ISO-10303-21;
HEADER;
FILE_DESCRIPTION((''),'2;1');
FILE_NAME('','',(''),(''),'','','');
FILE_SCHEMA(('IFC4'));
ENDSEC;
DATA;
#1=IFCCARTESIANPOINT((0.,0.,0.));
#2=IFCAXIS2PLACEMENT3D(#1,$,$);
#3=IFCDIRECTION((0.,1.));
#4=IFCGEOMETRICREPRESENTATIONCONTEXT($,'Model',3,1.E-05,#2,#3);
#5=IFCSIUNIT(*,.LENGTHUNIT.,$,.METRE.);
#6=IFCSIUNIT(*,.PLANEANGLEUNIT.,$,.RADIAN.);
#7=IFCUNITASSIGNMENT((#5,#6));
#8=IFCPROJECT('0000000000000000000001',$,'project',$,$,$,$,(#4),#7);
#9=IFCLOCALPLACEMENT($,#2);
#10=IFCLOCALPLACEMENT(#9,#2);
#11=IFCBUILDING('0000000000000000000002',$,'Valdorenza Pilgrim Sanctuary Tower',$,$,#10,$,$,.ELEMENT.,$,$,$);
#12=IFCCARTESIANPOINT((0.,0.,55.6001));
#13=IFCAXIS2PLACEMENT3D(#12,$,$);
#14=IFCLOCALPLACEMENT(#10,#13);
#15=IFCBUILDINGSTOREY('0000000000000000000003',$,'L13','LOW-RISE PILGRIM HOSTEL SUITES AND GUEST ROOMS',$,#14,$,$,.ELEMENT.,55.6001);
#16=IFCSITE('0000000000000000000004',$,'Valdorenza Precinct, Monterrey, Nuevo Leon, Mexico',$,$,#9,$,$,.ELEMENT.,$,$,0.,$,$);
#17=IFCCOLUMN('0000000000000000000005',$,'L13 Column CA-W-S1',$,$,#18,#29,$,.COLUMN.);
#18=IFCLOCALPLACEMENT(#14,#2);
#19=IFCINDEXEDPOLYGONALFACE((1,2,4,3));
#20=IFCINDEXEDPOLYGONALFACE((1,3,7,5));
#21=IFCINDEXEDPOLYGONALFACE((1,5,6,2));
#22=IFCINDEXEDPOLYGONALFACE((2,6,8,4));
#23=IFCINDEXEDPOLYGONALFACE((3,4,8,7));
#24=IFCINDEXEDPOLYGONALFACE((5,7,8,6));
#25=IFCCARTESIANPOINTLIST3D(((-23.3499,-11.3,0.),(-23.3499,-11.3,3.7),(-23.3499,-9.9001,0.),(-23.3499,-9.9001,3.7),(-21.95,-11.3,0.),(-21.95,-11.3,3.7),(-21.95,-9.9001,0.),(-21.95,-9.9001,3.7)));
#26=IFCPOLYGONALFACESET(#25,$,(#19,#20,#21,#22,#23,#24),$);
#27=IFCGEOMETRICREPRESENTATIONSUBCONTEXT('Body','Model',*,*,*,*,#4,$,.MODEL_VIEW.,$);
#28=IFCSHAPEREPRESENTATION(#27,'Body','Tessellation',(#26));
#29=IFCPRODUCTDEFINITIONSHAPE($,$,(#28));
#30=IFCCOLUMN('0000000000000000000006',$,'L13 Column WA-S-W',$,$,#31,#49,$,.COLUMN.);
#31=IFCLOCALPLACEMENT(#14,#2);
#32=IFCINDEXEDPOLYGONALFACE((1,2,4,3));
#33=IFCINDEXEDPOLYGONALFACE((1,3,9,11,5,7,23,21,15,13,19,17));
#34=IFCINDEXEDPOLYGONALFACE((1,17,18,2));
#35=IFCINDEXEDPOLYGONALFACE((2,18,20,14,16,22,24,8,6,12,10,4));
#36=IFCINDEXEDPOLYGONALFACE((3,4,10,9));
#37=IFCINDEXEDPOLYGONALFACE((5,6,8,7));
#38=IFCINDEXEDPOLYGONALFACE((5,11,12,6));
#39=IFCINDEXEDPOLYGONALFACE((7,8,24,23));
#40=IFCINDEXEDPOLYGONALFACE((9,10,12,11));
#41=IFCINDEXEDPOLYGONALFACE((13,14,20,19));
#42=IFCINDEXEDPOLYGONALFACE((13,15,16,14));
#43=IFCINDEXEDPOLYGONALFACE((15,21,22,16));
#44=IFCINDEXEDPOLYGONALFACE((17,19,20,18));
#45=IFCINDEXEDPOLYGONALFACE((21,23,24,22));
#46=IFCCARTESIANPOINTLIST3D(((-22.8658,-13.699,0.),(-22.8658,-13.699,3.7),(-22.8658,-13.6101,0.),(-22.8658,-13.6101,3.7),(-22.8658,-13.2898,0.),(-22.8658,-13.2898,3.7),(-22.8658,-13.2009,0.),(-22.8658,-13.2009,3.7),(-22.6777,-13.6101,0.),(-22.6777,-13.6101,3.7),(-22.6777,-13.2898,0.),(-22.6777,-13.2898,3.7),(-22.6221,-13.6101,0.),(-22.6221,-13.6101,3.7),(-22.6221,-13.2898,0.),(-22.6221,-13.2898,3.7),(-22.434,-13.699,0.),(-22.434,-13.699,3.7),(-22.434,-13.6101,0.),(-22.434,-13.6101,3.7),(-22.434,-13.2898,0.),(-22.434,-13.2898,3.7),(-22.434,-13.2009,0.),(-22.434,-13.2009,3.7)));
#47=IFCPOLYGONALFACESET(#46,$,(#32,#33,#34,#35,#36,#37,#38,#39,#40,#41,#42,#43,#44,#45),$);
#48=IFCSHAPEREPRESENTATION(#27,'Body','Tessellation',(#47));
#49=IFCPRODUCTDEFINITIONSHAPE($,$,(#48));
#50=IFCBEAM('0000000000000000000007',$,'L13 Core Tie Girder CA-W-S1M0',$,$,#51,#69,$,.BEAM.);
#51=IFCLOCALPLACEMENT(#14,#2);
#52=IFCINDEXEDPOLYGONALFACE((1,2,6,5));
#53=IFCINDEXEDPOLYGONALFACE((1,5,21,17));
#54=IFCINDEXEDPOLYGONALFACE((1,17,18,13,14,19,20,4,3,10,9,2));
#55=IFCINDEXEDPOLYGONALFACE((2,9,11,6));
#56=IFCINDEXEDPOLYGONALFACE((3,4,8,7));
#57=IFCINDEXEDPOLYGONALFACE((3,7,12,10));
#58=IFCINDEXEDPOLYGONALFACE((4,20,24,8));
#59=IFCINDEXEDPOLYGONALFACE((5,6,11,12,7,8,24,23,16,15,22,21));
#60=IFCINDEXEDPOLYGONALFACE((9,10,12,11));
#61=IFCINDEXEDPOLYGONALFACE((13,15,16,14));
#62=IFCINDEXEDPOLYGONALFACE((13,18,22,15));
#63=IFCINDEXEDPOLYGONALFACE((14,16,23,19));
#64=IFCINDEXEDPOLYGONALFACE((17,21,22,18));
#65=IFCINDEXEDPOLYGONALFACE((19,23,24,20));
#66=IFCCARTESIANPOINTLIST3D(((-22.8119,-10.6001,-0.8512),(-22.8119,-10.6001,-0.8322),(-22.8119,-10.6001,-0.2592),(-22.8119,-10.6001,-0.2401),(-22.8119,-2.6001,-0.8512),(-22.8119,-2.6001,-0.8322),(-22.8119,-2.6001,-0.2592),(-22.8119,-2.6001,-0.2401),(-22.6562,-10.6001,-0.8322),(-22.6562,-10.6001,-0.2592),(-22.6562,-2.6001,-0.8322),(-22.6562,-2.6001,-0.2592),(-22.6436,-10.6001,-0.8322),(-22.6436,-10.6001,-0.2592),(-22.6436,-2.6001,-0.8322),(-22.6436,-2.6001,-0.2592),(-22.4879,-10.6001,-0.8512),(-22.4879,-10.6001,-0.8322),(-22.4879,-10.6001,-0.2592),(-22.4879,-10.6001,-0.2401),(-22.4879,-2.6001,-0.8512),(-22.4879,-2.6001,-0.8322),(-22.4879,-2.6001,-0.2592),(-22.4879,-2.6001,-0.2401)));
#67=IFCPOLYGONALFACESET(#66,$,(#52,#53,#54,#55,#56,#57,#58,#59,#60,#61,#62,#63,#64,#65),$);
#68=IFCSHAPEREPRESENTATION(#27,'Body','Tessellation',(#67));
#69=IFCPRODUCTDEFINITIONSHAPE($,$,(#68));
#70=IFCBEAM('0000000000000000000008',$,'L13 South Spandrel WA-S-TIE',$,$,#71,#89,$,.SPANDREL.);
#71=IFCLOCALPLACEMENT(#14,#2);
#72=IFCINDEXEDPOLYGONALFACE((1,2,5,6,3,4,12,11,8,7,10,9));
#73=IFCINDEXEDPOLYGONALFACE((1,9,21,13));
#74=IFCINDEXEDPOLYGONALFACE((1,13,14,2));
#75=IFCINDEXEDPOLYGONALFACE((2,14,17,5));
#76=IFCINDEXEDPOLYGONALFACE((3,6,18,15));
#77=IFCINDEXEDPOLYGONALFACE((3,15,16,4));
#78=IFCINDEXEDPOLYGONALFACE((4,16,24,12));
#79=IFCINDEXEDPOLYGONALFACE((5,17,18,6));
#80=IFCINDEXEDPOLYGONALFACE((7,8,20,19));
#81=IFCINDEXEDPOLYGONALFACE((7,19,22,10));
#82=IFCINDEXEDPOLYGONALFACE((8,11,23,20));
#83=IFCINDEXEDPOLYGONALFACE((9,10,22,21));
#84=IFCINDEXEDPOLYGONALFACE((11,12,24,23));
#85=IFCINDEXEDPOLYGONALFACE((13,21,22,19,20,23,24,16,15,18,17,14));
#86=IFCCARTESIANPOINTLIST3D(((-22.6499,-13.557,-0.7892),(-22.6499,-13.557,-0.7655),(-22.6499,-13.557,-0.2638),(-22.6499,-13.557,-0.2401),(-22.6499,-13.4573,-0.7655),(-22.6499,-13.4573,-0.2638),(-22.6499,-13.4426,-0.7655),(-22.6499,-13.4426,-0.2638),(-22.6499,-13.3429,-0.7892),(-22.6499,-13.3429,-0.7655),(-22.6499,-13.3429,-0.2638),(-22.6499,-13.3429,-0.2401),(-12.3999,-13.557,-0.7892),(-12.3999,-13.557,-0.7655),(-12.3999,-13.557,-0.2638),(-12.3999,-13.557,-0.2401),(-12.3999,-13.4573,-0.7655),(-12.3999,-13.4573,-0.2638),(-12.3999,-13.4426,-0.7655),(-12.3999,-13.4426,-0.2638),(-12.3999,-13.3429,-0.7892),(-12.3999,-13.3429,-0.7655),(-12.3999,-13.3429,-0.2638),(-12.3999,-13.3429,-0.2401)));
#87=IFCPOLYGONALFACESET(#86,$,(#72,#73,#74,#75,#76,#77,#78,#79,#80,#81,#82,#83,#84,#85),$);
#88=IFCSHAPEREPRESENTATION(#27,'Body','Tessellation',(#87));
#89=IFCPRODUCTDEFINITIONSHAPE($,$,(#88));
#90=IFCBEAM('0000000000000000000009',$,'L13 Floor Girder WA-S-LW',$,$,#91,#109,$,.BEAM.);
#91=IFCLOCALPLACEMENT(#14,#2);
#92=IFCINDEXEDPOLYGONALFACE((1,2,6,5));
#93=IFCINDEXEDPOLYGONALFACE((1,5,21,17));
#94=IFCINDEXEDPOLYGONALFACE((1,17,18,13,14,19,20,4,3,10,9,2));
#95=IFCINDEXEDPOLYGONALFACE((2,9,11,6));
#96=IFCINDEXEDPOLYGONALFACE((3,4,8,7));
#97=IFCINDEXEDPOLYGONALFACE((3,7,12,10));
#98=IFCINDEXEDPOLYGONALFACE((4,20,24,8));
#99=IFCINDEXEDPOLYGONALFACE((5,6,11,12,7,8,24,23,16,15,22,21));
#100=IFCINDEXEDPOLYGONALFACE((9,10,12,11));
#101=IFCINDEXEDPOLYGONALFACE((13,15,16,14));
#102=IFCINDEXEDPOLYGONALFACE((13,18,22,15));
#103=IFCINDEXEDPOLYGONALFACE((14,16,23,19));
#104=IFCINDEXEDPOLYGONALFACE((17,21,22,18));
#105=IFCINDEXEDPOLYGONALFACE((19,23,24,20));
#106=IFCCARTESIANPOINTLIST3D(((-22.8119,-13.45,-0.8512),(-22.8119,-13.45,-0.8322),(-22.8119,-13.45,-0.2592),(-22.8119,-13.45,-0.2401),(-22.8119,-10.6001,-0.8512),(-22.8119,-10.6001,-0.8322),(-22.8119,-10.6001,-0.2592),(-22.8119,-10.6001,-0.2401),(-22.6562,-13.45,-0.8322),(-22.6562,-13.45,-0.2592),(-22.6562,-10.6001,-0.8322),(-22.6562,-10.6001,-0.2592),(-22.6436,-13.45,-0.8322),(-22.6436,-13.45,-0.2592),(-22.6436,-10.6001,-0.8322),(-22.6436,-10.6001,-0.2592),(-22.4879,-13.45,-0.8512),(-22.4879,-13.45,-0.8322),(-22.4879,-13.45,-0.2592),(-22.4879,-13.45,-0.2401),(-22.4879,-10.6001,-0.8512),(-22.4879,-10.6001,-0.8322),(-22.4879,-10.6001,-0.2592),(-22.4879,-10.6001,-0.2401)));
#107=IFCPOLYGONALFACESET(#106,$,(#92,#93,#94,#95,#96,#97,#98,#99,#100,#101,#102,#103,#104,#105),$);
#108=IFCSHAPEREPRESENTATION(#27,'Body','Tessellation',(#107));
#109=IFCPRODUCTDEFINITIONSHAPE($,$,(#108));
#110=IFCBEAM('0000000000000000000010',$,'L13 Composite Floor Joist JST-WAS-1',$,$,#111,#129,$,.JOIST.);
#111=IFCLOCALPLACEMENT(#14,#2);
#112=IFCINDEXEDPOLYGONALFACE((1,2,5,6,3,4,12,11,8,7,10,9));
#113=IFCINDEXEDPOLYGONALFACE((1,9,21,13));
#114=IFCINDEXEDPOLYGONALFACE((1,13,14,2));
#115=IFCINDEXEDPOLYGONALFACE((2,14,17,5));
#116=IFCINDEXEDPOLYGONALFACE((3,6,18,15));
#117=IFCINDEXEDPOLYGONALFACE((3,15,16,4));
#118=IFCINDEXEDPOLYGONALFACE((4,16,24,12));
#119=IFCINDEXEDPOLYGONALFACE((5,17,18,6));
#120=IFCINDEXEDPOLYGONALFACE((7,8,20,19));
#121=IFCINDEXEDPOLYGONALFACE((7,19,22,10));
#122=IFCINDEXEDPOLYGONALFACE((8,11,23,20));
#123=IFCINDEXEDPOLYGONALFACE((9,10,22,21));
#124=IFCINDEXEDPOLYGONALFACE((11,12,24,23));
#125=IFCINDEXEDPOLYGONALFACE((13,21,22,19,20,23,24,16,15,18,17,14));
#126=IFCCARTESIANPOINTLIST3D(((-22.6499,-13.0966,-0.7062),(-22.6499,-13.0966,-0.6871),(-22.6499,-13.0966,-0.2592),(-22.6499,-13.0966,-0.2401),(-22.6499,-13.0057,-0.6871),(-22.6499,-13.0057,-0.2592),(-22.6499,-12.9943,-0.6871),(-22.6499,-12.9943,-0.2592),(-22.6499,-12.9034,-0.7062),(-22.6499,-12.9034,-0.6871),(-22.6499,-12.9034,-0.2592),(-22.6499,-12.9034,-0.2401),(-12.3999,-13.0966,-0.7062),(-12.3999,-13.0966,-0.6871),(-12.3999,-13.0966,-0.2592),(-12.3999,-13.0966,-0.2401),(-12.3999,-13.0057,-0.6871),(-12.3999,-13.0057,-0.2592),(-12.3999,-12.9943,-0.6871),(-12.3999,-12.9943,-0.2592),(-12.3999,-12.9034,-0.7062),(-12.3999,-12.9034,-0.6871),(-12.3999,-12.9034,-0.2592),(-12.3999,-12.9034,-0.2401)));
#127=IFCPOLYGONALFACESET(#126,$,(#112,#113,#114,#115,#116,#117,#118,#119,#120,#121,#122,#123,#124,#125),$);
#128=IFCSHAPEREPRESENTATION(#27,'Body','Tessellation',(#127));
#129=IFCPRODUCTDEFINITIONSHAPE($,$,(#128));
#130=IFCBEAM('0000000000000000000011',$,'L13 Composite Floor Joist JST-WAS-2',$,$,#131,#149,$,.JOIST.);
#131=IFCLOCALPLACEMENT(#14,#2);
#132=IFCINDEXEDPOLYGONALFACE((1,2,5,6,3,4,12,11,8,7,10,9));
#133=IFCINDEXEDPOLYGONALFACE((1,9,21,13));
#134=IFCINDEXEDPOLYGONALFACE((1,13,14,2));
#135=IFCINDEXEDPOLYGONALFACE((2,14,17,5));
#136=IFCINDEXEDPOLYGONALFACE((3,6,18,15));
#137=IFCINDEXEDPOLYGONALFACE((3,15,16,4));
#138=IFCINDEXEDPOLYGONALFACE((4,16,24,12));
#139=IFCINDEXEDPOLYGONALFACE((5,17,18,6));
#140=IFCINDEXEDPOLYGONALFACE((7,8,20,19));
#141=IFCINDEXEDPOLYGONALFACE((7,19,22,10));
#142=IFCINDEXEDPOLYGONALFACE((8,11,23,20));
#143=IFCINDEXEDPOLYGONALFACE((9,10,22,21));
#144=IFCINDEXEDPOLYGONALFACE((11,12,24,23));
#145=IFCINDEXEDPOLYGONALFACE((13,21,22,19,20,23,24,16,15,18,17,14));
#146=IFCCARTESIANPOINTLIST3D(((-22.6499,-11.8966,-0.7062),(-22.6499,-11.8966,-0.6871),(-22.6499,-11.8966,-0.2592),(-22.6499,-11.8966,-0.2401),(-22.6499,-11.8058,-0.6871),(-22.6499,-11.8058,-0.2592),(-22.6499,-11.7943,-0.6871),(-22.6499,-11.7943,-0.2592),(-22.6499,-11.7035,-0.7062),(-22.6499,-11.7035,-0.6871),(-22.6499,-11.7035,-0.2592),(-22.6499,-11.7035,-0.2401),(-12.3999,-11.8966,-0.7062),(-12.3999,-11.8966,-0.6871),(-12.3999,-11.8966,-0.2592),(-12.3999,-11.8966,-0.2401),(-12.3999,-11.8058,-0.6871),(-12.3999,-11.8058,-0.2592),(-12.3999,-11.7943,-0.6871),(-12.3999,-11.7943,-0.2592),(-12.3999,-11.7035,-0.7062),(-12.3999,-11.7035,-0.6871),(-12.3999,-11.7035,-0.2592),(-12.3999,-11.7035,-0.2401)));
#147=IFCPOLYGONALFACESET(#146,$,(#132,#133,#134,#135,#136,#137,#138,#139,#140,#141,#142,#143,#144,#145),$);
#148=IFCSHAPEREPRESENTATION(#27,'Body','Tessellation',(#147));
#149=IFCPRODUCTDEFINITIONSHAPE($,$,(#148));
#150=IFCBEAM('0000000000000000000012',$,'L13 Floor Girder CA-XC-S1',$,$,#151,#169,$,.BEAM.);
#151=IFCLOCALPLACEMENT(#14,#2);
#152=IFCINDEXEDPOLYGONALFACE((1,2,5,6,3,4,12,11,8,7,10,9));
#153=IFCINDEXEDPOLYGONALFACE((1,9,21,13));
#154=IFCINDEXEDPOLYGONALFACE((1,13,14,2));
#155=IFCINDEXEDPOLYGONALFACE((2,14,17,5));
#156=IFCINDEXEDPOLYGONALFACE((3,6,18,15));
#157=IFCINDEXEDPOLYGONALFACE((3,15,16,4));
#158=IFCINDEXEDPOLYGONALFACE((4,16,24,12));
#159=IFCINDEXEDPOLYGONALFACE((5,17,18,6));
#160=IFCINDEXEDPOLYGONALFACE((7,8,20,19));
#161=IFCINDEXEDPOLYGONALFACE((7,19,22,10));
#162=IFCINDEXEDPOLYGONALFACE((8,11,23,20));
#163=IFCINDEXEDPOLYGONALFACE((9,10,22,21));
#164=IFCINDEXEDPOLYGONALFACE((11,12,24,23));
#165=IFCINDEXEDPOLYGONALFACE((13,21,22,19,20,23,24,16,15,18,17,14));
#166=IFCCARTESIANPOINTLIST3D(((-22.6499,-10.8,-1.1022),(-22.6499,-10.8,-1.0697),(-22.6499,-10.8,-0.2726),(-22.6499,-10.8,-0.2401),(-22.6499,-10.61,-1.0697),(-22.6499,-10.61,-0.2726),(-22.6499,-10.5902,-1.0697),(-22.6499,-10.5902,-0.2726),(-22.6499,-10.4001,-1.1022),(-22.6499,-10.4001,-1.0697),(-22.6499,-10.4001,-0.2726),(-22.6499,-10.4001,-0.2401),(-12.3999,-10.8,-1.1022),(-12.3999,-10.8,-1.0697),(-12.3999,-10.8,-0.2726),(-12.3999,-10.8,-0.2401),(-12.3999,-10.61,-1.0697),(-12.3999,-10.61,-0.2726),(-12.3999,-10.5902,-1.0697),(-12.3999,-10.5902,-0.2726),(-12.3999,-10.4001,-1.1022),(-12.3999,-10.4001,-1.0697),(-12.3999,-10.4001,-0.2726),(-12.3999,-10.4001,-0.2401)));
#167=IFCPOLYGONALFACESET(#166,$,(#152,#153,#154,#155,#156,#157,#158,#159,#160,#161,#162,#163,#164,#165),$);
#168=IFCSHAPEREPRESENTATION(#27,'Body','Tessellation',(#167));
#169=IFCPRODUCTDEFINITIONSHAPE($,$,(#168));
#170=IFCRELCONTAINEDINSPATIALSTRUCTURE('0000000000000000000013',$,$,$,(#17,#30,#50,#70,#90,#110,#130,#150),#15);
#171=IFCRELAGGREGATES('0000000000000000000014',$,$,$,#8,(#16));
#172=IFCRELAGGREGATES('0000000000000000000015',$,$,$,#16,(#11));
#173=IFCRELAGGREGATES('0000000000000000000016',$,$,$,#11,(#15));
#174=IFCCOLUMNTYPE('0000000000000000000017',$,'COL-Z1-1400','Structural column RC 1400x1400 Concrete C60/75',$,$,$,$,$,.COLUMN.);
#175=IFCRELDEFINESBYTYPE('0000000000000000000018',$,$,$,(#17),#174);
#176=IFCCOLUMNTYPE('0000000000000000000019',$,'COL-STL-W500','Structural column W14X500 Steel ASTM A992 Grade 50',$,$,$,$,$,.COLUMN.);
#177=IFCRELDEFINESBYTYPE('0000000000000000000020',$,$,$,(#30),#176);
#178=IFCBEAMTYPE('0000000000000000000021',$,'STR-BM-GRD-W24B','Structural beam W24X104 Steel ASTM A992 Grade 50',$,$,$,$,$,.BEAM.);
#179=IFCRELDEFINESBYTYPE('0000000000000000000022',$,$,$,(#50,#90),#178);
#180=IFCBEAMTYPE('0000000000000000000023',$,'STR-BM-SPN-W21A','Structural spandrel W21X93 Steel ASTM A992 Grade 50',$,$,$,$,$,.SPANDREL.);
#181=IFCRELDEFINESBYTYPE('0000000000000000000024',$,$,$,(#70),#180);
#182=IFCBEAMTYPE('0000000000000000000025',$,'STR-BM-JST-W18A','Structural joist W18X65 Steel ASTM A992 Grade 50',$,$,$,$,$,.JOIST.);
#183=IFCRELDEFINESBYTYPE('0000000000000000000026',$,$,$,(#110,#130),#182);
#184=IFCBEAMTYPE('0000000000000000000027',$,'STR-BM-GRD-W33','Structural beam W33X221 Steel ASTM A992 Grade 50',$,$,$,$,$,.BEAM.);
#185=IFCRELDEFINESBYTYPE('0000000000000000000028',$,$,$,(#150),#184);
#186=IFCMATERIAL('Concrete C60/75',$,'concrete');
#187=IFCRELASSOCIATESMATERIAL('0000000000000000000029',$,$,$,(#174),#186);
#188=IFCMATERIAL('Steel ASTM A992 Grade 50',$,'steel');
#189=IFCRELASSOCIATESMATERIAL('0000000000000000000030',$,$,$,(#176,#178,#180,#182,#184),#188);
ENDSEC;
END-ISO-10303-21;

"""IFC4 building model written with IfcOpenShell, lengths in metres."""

from ifc_helpers import new_model, si_unit, direction, frame, origin, origin_2d, place, context, subcontext, project, spatial, rectangle, i_section, extrude, source, transform, mapped, material, material_profile, profile_set, type_object, element, save


model = new_model("IFC4")

# Units and contexts
model_context = context("Model", 3, precision=1e-05, world=origin(), true_north=direction((0.0, 1.0)))
body_context = subcontext(model_context, "Body", "Model", "MODEL_VIEW")
ifc_project = project(units=[si_unit("LENGTHUNIT", "METRE"), si_unit("PLANEANGLEUNIT", "RADIAN")], contexts=[model_context])

# Site, building, storey
site_placement = place(None, origin())
site = spatial("IfcSite", under=ifc_project, at=site_placement, Name="Valdorenza Precinct, Monterrey, Nuevo Leon, Mexico", CompositionType="ELEMENT", RefElevation=0.0)
building_placement = place(site_placement, origin())
building = spatial("IfcBuilding", under=site, at=building_placement, Name="Valdorenza Pilgrim Sanctuary Tower", CompositionType="ELEMENT")
storey_placement = place(building_placement, frame((0.0, 0.0, 55.6001)))
storey = spatial("IfcBuildingStorey", under=building, at=storey_placement, Name="L13", Description="LOW-RISE PILGRIM HOSTEL SUITES AND GUEST ROOMS", CompositionType="ELEMENT", Elevation=55.6001)

# Columns
ifc_material_1 = material(Name="Concrete C60/75", Category="concrete")
ifc_material_profile_1 = material_profile(ifc_material_1, rectangle(XDim=1.3999, YDim=1.3999, at=origin_2d()), Name="RC 1400x1400")
ifc_profile_set_1 = profile_set([ifc_material_profile_1], Name="Concrete C60/75")
column_type_1 = type_object("IfcColumnType", Name="COL-Z1-1400", Description="Structural column RC 1400x1400 Concrete C60/75", PredefinedType="COLUMN", material=ifc_profile_set_1)
shared_shape_1 = source(origin(), body_context, "Body", "SweptSolid", [
    extrude(rectangle(XDim=1.3999, YDim=1.3999, at=origin_2d()), origin(), (0.0, 0.0, 1.0), 3.7),
])
column_1_placement = place(storey_placement, frame((-22.6499, -10.6001, 0.0), z_axis=(0.0, 0.0, 1.0), x_axis=(1.0, 0.0, 0.0)))
element("IfcColumn", 1, at=column_1_placement, inside=storey, type_object=column_type_1, Name="L13 Column CA-W-S1", PredefinedType="COLUMN", context=body_context, shape_type="MappedRepresentation", body=[
    mapped(shared_shape_1, transform((0.0, 0.0, 0.0), x_axis=(1.0, 0.0, 0.0), y_axis=(0.0, 1.0, 0.0), z_axis=(0.0, 0.0, 1.0), scale=1.0)),
])
ifc_material_2 = material(Name="Steel ASTM A992 Grade 50", Category="steel")
ifc_material_profile_2 = material_profile(ifc_material_2, i_section(OverallWidth=0.4319, OverallDepth=0.498, WebThickness=0.0557, FlangeThickness=0.0889, at=origin_2d()), Name="W14X500")
ifc_profile_set_2 = profile_set([ifc_material_profile_2], Name="Steel ASTM A992 Grade 50")
column_type_2 = type_object("IfcColumnType", Name="COL-STL-W500", Description="Structural column W14X500 Steel ASTM A992 Grade 50", PredefinedType="COLUMN", material=ifc_profile_set_2)
shared_shape_2 = source(origin(), body_context, "Body", "SweptSolid", [
    extrude(i_section(OverallWidth=0.4319, OverallDepth=0.498, WebThickness=0.0557, FlangeThickness=0.0889, at=origin_2d()), origin(), (0.0, 0.0, 1.0), 3.7),
])
column_2_placement = place(storey_placement, frame((-22.6499, -13.45, 0.0), z_axis=(0.0, 0.0, 1.0), x_axis=(1.0, 0.0, 0.0)))
element("IfcColumn", 2, at=column_2_placement, inside=storey, type_object=column_type_2, Name="L13 Column WA-S-W", PredefinedType="COLUMN", context=body_context, shape_type="MappedRepresentation", body=[
    mapped(shared_shape_2, transform((0.0, 0.0, 0.0), x_axis=(1.0, 0.0, 0.0), y_axis=(0.0, 1.0, 0.0), z_axis=(0.0, 0.0, 1.0), scale=1.0)),
])

# Beams
ifc_material_profile_3 = material_profile(ifc_material_2, i_section(OverallWidth=0.324, OverallDepth=0.6111, WebThickness=0.0127, FlangeThickness=0.019, at=origin_2d()), Name="W24X104")
ifc_profile_set_3 = profile_set([ifc_material_profile_3], Name="Steel ASTM A992 Grade 50")
beam_type_1 = type_object("IfcBeamType", Name="STR-BM-GRD-W24B", Description="Structural beam W24X104 Steel ASTM A992 Grade 50", PredefinedType="BEAM", material=ifc_profile_set_3)
shared_shape_3 = source(origin(), body_context, "Body", "SweptSolid", [
    extrude(i_section(OverallWidth=0.324, OverallDepth=0.6111, WebThickness=0.0127, FlangeThickness=0.019, at=origin_2d()), origin(), (0.0, 0.0, 1.0), 8.0),
])
beam_1_placement = place(storey_placement, frame((-22.6499, -10.6001, -0.5457), z_axis=(0.0, 1.0, 0.0), x_axis=(-1.0, 0.0, 0.0)))
element("IfcBeam", 3, at=beam_1_placement, inside=storey, type_object=beam_type_1, Name="L13 Core Tie Girder CA-W-S1M0", PredefinedType="BEAM", context=body_context, shape_type="MappedRepresentation", body=[
    mapped(shared_shape_3, transform((0.0, 0.0, 0.0), x_axis=(1.0, 0.0, 0.0), y_axis=(0.0, 1.0, 0.0), z_axis=(0.0, 0.0, 1.0), scale=1.0)),
])
ifc_material_profile_4 = material_profile(ifc_material_2, i_section(OverallWidth=0.2141, OverallDepth=0.5491, WebThickness=0.0146, FlangeThickness=0.0237, at=origin_2d()), Name="W21X93")
ifc_profile_set_4 = profile_set([ifc_material_profile_4], Name="Steel ASTM A992 Grade 50")
beam_type_2 = type_object("IfcBeamType", Name="STR-BM-SPN-W21A", Description="Structural spandrel W21X93 Steel ASTM A992 Grade 50", PredefinedType="SPANDREL", material=ifc_profile_set_4)
shared_shape_4 = source(origin(), body_context, "Body", "SweptSolid", [
    extrude(i_section(OverallWidth=0.2141, OverallDepth=0.5491, WebThickness=0.0146, FlangeThickness=0.0237, at=origin_2d()), origin(), (0.0, 0.0, 1.0), 10.25),
])
beam_2_placement = place(storey_placement, frame((-22.6499, -13.45, -0.5146), z_axis=(1.0, 0.0, 0.0), x_axis=(0.0, 1.0, 0.0)))
element("IfcBeam", 4, at=beam_2_placement, inside=storey, type_object=beam_type_2, Name="L13 South Spandrel WA-S-TIE", PredefinedType="SPANDREL", context=body_context, shape_type="MappedRepresentation", body=[
    mapped(shared_shape_4, transform((0.0, 0.0, 0.0), x_axis=(1.0, 0.0, 0.0), y_axis=(0.0, 1.0, 0.0), z_axis=(0.0, 0.0, 1.0), scale=1.0)),
])
shared_shape_5 = source(origin(), body_context, "Body", "SweptSolid", [
    extrude(i_section(OverallWidth=0.324, OverallDepth=0.6111, WebThickness=0.0127, FlangeThickness=0.019, at=origin_2d()), origin(), (0.0, 0.0, 1.0), 2.8499),
])
beam_3_placement = place(storey_placement, frame((-22.6499, -13.45, -0.5457), z_axis=(0.0, 1.0, 0.0), x_axis=(-1.0, 0.0, 0.0)))
element("IfcBeam", 5, at=beam_3_placement, inside=storey, type_object=beam_type_1, Name="L13 Floor Girder WA-S-LW", PredefinedType="BEAM", context=body_context, shape_type="MappedRepresentation", body=[
    mapped(shared_shape_5, transform((0.0, 0.0, 0.0), x_axis=(1.0, 0.0, 0.0), y_axis=(0.0, 1.0, 0.0), z_axis=(0.0, 0.0, 1.0), scale=1.0)),
])
ifc_material_profile_5 = material_profile(ifc_material_2, i_section(OverallWidth=0.1931, OverallDepth=0.4661, WebThickness=0.0115, FlangeThickness=0.019, at=origin_2d()), Name="W18X65")
ifc_profile_set_5 = profile_set([ifc_material_profile_5], Name="Steel ASTM A992 Grade 50")
beam_type_3 = type_object("IfcBeamType", Name="STR-BM-JST-W18A", Description="Structural joist W18X65 Steel ASTM A992 Grade 50", PredefinedType="JOIST", material=ifc_profile_set_5)
shared_shape_6 = source(origin(), body_context, "Body", "SweptSolid", [
    extrude(i_section(OverallWidth=0.1931, OverallDepth=0.4661, WebThickness=0.0115, FlangeThickness=0.019, at=origin_2d()), origin(), (0.0, 0.0, 1.0), 10.25),
])
for number, where, z_axis, x_axis, name in (
    (6, (-22.6499, -13.0, -0.4731), (1.0, 0.0, 0.0), (0.0, 1.0, 0.0), "L13 Composite Floor Joist JST-WAS-1"),
    (7, (-22.6499, -11.8, -0.4731), (1.0, 0.0, 0.0), (0.0, 1.0, 0.0), "L13 Composite Floor Joist JST-WAS-2"),
):
    element("IfcBeam", number, at=place(storey_placement, frame(where, z_axis=z_axis, x_axis=x_axis)), inside=storey, type_object=beam_type_3, Name=name, PredefinedType="JOIST", context=body_context, shape_type="MappedRepresentation", body=[
        mapped(shared_shape_6, transform((0.0, 0.0, 0.0), x_axis=(1.0, 0.0, 0.0), y_axis=(0.0, 1.0, 0.0), z_axis=(0.0, 0.0, 1.0), scale=1.0)),
    ])
ifc_material_profile_6 = material_profile(ifc_material_2, i_section(OverallWidth=0.3999, OverallDepth=0.8621, WebThickness=0.0198, FlangeThickness=0.0325, at=origin_2d()), Name="W33X221")
ifc_profile_set_6 = profile_set([ifc_material_profile_6], Name="Steel ASTM A992 Grade 50")
beam_type_4 = type_object("IfcBeamType", Name="STR-BM-GRD-W33", Description="Structural beam W33X221 Steel ASTM A992 Grade 50", PredefinedType="BEAM", material=ifc_profile_set_6)
shared_shape_7 = source(origin(), body_context, "Body", "SweptSolid", [
    extrude(i_section(OverallWidth=0.3999, OverallDepth=0.8621, WebThickness=0.0198, FlangeThickness=0.0325, at=origin_2d()), origin(), (0.0, 0.0, 1.0), 10.25),
])
beam_4_placement = place(storey_placement, frame((-22.6499, -10.6001, -0.6711), z_axis=(1.0, 0.0, 0.0), x_axis=(0.0, 1.0, 0.0)))
element("IfcBeam", 8, at=beam_4_placement, inside=storey, type_object=beam_type_4, Name="L13 Floor Girder CA-XC-S1", PredefinedType="BEAM", context=body_context, shape_type="MappedRepresentation", body=[
    mapped(shared_shape_7, transform((0.0, 0.0, 0.0), x_axis=(1.0, 0.0, 0.0), y_axis=(0.0, 1.0, 0.0), z_axis=(0.0, 0.0, 1.0), scale=1.0)),
])

save(model, "model.ifc")
